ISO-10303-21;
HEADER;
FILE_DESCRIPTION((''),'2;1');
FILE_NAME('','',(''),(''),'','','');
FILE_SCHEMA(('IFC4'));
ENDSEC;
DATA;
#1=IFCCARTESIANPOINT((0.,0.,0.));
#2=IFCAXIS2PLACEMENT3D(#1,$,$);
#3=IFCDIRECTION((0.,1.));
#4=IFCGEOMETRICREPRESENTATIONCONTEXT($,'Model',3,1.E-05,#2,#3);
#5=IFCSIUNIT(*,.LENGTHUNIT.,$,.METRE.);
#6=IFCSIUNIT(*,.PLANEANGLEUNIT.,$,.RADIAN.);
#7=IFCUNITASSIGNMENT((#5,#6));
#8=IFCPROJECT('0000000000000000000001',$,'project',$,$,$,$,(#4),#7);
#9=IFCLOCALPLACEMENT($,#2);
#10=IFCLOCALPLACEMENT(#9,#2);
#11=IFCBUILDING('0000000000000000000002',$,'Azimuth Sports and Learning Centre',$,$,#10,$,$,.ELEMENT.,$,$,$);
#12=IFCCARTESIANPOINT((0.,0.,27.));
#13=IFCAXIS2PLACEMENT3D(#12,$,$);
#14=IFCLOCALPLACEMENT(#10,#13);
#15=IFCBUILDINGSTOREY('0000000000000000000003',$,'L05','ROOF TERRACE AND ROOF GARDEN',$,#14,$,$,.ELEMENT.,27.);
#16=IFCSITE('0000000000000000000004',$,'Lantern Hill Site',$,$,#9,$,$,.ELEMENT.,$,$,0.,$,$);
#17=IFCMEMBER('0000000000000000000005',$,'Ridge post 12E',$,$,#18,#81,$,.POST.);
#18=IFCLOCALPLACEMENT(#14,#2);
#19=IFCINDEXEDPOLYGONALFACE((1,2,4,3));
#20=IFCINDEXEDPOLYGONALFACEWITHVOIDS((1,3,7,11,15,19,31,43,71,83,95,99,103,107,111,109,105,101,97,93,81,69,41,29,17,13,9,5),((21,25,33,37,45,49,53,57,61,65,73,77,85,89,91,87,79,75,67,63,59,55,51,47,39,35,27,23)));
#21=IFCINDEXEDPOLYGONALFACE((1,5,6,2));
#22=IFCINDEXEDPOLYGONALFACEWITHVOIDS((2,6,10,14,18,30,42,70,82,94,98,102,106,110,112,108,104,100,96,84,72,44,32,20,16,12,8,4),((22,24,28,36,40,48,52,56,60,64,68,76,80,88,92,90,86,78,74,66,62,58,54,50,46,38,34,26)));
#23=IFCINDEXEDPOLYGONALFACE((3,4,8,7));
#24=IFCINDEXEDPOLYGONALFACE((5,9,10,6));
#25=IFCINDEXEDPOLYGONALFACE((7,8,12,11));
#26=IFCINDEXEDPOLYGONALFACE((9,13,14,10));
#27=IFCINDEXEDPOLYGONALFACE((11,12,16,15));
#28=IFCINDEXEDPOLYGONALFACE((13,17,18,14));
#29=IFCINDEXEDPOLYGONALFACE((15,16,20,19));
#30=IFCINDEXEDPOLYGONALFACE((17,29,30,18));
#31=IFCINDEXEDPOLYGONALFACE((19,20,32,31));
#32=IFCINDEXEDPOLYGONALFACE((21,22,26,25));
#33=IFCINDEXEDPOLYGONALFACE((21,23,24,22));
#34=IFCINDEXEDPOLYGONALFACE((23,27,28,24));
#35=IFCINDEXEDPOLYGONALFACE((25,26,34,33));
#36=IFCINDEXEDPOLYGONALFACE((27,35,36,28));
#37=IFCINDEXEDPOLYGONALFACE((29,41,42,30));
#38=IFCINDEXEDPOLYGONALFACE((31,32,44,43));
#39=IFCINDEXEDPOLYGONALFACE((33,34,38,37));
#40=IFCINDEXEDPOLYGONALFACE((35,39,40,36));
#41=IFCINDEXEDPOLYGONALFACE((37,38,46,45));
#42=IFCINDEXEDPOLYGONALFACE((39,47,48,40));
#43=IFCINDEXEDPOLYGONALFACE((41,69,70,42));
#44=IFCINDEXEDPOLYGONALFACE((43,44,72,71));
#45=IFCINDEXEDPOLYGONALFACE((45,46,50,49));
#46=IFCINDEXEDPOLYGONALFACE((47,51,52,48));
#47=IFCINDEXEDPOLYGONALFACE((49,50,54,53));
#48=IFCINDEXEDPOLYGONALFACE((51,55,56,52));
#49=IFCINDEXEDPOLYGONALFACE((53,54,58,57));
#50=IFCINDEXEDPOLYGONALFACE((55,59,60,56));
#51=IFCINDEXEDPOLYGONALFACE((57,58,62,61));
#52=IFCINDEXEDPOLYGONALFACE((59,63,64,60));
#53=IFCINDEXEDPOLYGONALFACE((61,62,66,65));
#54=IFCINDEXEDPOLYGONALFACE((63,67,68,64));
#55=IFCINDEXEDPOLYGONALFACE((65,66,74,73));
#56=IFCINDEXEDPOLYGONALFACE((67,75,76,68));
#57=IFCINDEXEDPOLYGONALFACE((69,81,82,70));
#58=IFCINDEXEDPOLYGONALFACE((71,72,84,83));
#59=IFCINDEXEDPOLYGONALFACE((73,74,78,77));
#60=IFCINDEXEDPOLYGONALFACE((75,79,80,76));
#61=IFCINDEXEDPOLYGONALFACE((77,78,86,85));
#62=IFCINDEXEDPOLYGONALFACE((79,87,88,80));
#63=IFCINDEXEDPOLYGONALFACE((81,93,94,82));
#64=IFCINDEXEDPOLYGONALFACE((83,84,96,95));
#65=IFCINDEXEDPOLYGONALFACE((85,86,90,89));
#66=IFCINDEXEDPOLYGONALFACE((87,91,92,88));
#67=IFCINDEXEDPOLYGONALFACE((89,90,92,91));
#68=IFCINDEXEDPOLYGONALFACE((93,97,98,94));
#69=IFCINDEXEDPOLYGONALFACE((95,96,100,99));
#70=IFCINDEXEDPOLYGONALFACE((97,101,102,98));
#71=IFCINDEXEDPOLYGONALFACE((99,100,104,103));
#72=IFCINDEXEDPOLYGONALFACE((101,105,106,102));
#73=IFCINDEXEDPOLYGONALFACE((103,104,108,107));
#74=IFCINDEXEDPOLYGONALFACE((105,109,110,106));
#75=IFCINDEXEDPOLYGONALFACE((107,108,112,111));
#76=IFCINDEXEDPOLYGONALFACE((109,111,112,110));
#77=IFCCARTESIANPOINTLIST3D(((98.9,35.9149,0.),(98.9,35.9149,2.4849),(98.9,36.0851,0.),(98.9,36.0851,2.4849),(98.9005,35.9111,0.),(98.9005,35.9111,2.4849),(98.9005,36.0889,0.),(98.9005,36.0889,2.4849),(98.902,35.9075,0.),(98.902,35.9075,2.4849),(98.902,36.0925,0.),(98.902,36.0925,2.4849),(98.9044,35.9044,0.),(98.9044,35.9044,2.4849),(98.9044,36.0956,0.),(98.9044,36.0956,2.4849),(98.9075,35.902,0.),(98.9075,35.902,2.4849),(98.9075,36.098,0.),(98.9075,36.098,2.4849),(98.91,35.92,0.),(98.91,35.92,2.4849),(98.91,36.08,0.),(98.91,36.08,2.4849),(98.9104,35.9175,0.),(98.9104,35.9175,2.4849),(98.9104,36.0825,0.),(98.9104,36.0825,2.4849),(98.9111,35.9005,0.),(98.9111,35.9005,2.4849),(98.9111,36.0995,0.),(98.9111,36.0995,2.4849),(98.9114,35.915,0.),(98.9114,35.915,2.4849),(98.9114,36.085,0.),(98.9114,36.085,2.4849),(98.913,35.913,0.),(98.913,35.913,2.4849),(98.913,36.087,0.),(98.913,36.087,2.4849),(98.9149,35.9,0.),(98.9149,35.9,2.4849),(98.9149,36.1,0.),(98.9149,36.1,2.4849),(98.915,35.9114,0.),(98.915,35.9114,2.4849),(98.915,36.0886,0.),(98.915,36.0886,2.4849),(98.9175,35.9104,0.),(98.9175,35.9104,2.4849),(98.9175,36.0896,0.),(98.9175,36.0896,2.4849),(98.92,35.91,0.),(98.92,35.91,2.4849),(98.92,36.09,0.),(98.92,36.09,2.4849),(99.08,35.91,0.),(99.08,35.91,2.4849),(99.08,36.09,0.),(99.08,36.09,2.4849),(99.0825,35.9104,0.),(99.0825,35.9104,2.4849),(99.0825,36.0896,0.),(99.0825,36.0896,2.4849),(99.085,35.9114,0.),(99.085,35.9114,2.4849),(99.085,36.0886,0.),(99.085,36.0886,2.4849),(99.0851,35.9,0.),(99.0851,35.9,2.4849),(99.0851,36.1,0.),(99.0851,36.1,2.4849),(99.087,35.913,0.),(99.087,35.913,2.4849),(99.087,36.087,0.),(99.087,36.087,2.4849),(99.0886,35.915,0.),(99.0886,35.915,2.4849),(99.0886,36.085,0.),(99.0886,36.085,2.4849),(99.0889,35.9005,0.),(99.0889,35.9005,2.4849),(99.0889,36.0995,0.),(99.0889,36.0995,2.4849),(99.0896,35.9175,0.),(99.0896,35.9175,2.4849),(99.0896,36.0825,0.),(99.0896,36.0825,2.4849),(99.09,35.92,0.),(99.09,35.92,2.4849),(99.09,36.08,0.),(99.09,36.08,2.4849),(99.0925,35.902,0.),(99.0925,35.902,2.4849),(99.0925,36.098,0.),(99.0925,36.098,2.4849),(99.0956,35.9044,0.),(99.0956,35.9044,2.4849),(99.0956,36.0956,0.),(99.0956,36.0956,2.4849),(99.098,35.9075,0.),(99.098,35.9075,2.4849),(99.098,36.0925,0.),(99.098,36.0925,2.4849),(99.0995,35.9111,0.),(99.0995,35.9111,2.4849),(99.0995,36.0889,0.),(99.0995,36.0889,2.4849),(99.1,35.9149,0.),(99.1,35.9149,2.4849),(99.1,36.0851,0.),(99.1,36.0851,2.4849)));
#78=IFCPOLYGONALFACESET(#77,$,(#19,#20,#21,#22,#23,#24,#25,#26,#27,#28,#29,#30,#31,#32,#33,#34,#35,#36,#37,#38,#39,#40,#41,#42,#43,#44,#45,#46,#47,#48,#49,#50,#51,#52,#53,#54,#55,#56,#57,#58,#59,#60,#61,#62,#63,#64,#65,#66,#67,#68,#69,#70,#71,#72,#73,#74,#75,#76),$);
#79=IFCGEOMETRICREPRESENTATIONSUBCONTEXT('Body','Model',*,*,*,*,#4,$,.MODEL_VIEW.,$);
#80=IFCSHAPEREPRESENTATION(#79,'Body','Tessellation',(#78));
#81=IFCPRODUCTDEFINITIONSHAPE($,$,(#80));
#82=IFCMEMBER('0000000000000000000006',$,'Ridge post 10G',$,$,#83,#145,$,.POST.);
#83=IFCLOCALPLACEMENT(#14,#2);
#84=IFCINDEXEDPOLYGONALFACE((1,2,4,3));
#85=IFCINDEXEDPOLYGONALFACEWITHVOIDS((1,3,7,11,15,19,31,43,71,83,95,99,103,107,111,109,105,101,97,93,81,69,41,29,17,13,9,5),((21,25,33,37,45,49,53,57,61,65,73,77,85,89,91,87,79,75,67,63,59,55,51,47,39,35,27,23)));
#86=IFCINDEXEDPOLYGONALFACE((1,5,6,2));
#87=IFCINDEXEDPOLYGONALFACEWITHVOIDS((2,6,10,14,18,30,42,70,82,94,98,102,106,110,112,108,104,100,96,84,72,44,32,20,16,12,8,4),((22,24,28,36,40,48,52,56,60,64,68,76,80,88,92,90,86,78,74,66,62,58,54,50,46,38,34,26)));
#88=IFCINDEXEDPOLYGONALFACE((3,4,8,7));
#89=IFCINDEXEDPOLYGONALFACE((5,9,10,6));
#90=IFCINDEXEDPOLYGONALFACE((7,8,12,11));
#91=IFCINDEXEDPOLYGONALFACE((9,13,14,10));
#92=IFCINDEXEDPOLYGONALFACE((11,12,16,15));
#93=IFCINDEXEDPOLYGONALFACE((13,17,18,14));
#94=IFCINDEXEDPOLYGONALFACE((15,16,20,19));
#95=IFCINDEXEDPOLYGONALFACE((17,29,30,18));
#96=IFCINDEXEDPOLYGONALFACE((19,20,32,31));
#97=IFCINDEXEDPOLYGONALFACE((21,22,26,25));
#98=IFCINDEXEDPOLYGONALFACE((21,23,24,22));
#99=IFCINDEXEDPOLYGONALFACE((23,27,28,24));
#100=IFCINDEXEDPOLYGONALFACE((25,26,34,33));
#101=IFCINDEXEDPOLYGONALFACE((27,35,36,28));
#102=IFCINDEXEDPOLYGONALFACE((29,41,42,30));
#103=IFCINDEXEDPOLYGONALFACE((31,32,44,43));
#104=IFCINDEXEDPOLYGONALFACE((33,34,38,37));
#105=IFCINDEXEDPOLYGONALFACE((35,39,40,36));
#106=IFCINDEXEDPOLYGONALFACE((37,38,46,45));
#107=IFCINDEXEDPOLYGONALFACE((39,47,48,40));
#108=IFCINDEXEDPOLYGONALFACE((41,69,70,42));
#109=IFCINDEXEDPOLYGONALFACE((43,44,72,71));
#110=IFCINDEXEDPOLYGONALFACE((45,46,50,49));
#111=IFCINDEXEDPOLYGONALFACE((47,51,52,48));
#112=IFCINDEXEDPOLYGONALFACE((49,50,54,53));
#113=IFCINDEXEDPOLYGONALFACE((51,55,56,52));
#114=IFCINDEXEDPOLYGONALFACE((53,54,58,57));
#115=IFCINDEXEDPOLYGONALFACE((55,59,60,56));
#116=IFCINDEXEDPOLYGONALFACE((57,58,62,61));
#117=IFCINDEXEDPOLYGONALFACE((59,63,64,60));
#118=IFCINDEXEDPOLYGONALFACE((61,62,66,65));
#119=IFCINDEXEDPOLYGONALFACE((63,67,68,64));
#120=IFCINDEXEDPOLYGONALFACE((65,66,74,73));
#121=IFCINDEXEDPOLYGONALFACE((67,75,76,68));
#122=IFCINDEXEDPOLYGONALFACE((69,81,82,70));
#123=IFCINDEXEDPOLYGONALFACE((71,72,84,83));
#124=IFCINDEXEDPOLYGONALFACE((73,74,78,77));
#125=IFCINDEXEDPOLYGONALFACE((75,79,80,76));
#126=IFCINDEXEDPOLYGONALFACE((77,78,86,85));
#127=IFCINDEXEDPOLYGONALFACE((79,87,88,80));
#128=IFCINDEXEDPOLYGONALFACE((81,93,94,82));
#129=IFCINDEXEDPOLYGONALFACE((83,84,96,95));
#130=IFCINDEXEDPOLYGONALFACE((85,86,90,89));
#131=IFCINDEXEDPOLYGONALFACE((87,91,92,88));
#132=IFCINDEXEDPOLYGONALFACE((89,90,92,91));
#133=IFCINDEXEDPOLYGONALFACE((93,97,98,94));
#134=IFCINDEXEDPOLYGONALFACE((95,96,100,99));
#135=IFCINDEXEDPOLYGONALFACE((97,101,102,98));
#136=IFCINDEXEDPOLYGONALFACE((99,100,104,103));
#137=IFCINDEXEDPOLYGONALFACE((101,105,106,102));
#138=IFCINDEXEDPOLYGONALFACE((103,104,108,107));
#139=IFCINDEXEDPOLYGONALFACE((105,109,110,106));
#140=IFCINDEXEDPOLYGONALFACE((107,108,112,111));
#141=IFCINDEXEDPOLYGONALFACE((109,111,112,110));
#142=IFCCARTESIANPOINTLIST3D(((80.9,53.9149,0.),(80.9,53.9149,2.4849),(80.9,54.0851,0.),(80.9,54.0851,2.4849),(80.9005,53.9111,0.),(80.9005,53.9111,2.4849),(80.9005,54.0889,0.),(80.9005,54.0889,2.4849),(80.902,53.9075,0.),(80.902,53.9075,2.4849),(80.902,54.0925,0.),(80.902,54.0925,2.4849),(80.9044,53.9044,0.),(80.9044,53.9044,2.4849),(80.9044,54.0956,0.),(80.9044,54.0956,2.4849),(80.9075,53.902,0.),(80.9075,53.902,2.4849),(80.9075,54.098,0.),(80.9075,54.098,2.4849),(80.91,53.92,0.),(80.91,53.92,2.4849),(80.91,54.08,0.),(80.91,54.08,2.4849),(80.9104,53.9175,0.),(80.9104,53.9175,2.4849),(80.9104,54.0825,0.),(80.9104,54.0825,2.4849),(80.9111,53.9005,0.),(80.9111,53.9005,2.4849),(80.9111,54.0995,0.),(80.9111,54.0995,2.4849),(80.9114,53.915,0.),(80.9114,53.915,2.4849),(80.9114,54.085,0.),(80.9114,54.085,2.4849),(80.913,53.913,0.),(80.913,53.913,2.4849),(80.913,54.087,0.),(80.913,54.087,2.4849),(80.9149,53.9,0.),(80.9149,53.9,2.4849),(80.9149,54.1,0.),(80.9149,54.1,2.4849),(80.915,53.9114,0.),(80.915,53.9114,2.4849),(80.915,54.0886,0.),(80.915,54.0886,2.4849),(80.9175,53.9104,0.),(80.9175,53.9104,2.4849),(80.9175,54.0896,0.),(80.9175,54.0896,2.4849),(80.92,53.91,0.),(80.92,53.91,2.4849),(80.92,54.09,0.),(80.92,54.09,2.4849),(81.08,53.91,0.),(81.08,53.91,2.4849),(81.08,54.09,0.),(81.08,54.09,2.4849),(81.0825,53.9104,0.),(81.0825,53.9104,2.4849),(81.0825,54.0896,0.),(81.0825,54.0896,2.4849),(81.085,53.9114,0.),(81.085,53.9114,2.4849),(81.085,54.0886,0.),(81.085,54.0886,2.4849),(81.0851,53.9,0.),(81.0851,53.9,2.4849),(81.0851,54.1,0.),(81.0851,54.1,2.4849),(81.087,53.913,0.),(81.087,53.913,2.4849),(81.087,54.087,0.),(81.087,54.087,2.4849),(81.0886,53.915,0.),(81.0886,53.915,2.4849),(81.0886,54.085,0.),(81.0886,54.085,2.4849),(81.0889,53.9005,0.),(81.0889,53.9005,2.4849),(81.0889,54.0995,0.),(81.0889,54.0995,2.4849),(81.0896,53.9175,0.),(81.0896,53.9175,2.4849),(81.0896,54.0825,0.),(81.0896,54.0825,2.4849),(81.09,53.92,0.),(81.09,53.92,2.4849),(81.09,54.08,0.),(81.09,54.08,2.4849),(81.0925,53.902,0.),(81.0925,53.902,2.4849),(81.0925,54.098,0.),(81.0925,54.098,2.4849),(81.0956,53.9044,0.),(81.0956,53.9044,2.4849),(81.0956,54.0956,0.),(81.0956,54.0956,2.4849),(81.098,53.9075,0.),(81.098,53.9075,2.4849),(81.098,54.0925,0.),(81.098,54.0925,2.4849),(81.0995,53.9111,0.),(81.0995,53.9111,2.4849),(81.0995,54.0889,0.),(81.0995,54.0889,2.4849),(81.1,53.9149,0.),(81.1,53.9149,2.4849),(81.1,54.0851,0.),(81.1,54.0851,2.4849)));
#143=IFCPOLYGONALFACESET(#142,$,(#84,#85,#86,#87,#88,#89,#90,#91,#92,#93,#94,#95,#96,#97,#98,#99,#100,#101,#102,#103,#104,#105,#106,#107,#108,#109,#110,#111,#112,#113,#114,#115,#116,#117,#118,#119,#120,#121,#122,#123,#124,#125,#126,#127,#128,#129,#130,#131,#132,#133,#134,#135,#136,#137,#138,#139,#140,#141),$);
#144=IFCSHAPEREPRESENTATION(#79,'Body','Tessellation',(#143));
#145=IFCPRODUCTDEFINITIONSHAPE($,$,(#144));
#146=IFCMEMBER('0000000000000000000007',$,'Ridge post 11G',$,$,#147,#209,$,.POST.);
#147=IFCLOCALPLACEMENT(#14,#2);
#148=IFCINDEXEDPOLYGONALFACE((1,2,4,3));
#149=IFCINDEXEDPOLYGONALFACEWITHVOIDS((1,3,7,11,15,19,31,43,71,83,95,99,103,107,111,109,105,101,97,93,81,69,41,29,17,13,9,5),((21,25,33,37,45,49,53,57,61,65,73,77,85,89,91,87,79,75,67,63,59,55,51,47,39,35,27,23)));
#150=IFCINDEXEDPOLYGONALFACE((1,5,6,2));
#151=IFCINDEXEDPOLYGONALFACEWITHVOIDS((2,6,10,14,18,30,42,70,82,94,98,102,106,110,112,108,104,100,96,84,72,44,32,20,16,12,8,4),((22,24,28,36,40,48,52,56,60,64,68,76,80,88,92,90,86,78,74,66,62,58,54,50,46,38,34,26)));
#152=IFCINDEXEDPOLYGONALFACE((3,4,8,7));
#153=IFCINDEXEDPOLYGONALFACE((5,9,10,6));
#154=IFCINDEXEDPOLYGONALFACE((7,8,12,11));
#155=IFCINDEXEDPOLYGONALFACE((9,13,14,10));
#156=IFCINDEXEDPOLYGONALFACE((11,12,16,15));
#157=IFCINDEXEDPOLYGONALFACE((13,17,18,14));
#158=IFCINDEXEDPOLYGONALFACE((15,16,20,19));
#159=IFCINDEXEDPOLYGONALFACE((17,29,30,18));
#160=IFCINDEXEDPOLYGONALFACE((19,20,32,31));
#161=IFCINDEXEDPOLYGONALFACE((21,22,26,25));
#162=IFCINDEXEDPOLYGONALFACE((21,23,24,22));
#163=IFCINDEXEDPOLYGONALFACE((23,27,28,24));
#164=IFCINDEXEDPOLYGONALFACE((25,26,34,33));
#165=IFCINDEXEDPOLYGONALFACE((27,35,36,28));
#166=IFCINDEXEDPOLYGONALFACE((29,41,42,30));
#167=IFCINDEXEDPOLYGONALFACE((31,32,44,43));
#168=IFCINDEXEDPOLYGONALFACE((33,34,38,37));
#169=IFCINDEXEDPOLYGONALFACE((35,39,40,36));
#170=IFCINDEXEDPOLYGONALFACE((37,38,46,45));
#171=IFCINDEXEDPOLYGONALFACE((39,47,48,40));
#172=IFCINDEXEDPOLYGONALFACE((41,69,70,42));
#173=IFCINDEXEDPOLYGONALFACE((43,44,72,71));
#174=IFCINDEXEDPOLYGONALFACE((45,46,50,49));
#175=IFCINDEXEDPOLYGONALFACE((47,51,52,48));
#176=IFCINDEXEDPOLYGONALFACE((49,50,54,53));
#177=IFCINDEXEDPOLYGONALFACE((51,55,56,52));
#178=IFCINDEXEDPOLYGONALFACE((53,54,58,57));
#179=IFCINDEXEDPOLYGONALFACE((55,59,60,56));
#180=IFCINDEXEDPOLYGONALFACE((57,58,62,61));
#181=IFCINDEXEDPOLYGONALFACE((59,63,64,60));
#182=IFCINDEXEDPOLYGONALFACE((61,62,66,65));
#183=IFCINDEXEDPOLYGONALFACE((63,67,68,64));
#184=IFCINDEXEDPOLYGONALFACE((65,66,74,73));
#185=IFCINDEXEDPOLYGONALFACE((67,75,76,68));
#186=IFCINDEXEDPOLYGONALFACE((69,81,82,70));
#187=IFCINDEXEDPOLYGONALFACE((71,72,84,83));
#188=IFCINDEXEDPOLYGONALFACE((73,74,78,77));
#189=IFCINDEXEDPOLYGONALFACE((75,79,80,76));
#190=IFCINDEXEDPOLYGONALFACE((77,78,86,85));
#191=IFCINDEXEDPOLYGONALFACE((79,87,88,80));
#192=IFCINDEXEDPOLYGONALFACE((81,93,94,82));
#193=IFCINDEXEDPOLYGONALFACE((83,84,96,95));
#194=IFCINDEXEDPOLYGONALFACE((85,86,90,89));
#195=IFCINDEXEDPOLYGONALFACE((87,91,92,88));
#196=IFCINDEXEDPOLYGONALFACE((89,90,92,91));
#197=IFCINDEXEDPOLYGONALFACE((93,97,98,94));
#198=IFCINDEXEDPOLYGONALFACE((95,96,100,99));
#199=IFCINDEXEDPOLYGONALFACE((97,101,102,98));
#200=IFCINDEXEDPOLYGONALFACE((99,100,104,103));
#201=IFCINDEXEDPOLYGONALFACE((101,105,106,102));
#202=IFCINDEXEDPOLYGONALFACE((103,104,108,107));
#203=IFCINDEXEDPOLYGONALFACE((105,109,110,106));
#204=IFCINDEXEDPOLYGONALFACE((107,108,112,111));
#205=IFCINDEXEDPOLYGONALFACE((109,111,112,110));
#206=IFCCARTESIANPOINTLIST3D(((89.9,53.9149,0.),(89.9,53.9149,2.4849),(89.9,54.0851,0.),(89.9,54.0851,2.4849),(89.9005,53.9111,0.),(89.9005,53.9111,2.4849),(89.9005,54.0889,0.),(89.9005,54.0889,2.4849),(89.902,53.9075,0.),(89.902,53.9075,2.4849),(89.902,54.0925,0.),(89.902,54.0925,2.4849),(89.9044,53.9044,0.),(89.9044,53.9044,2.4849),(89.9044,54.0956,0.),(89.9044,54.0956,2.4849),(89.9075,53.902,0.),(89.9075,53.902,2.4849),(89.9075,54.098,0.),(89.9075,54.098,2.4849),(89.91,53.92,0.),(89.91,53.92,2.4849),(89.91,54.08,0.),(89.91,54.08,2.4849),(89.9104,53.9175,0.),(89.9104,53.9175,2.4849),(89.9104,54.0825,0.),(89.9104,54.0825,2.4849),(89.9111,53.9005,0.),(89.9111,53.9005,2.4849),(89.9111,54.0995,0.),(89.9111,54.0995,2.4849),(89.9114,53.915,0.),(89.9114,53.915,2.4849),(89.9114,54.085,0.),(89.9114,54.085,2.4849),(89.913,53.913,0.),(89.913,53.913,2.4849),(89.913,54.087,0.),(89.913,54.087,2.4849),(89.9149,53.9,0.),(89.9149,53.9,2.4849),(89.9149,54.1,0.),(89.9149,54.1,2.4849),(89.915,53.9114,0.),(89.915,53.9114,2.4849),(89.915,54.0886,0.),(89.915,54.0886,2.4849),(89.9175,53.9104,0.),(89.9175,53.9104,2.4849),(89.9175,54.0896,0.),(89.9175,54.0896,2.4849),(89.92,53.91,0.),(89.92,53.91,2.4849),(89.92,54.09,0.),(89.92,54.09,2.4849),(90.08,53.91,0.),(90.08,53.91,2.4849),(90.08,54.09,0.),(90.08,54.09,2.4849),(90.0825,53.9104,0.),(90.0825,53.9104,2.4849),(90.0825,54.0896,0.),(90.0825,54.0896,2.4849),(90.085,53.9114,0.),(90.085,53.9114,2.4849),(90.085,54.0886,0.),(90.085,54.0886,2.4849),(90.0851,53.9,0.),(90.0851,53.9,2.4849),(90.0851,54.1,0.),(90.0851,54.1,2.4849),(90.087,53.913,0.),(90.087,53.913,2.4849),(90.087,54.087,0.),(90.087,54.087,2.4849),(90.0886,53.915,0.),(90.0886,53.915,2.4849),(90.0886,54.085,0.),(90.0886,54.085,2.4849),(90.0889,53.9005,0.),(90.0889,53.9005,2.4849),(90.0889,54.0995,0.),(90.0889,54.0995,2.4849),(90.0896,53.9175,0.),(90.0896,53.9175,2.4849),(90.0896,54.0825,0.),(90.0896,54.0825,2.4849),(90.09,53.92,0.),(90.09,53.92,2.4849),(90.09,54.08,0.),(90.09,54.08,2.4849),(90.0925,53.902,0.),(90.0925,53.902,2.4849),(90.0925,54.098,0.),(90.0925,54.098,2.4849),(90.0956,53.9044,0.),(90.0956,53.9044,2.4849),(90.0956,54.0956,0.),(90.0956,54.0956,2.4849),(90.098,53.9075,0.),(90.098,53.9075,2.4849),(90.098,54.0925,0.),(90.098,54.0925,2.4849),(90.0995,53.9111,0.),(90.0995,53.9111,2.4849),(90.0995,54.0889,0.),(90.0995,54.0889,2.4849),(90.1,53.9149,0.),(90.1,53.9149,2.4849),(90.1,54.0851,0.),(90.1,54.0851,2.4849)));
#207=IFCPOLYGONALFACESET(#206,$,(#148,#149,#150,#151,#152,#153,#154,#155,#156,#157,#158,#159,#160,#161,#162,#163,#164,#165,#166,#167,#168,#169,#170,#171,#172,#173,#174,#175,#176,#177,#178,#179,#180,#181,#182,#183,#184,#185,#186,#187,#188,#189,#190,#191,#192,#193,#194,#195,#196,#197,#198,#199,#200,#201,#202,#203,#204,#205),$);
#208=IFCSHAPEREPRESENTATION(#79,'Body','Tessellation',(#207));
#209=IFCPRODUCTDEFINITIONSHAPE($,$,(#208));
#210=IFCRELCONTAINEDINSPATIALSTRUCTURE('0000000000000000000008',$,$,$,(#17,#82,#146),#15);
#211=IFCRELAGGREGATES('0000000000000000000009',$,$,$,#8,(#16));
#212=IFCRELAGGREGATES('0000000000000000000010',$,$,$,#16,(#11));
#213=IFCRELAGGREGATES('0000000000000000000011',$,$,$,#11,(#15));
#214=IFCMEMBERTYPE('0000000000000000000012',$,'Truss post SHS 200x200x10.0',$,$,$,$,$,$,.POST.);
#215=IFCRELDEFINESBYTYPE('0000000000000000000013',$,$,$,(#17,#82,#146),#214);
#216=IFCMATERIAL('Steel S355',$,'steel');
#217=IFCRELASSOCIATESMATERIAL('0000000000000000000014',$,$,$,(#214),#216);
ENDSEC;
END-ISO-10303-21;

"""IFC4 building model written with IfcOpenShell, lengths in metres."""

from ifc_helpers import new_model, si_unit, direction, frame, origin, origin_2d, place, context, subcontext, project, spatial, hollow_rectangle, extrude, material, material_profile, profile_set, type_object, element, save


model = new_model("IFC4")

# Units and contexts
model_context = context("Model", 3, precision=1e-05, world=origin(), true_north=direction((0.0, 1.0)))
body_context = subcontext(model_context, "Body", "Model", "MODEL_VIEW")
ifc_project = project(units=[si_unit("LENGTHUNIT", "METRE"), si_unit("PLANEANGLEUNIT", "RADIAN")], contexts=[model_context])

# Site, building, storey
site_placement = place(None, origin())
site = spatial("IfcSite", under=ifc_project, at=site_placement, Name="Lantern Hill Site", CompositionType="ELEMENT", RefElevation=0.0)
building_placement = place(site_placement, origin())
building = spatial("IfcBuilding", under=site, at=building_placement, Name="Azimuth Sports and Learning Centre", CompositionType="ELEMENT")
storey_placement = place(building_placement, frame((0.0, 0.0, 27.0)))
storey = spatial("IfcBuildingStorey", under=building, at=storey_placement, Name="L05", Description="ROOF TERRACE AND ROOF GARDEN", CompositionType="ELEMENT", Elevation=27.0)

# Members
ifc_material_1 = material(Name="Steel S355", Category="steel")
ifc_material_profile_1 = material_profile(ifc_material_1, hollow_rectangle(XDim=0.2, YDim=0.2, WallThickness=0.01, InnerFilletRadius=0.01, OuterFilletRadius=0.0149, at=origin_2d()), Name="SHS 200x200x10.0")
ifc_profile_set_1 = profile_set([ifc_material_profile_1], Name="Steel S355")
member_type_1 = type_object("IfcMemberType", Name="Truss post SHS 200x200x10.0", PredefinedType="POST", material=ifc_profile_set_1)
for number, where, z_axis, x_axis, name in (
    (1, (99.0, 36.0, 0.0), (0.0, 0.0, 1.0), (1.0, 0.0, 0.0), "Ridge post 12E"),
    (2, (81.0, 54.0, 0.0), (0.0, 0.0, 1.0), (1.0, 0.0, 0.0), "Ridge post 10G"),
    (3, (90.0, 54.0, 0.0), (0.0, 0.0, 1.0), (1.0, 0.0, 0.0), "Ridge post 11G"),
):
    element("IfcMember", number, at=place(storey_placement, frame(where, z_axis=z_axis, x_axis=x_axis)), inside=storey, type_object=member_type_1, Name=name, PredefinedType="POST", context=body_context, shape_type="SweptSolid", body=[
        extrude(hollow_rectangle(XDim=0.2, YDim=0.2, WallThickness=0.01, InnerFilletRadius=0.01, OuterFilletRadius=0.0149, at=origin_2d()), origin(), (0.0, 0.0, 1.0), 2.4849),
    ])

save(model, "model.ifc")
